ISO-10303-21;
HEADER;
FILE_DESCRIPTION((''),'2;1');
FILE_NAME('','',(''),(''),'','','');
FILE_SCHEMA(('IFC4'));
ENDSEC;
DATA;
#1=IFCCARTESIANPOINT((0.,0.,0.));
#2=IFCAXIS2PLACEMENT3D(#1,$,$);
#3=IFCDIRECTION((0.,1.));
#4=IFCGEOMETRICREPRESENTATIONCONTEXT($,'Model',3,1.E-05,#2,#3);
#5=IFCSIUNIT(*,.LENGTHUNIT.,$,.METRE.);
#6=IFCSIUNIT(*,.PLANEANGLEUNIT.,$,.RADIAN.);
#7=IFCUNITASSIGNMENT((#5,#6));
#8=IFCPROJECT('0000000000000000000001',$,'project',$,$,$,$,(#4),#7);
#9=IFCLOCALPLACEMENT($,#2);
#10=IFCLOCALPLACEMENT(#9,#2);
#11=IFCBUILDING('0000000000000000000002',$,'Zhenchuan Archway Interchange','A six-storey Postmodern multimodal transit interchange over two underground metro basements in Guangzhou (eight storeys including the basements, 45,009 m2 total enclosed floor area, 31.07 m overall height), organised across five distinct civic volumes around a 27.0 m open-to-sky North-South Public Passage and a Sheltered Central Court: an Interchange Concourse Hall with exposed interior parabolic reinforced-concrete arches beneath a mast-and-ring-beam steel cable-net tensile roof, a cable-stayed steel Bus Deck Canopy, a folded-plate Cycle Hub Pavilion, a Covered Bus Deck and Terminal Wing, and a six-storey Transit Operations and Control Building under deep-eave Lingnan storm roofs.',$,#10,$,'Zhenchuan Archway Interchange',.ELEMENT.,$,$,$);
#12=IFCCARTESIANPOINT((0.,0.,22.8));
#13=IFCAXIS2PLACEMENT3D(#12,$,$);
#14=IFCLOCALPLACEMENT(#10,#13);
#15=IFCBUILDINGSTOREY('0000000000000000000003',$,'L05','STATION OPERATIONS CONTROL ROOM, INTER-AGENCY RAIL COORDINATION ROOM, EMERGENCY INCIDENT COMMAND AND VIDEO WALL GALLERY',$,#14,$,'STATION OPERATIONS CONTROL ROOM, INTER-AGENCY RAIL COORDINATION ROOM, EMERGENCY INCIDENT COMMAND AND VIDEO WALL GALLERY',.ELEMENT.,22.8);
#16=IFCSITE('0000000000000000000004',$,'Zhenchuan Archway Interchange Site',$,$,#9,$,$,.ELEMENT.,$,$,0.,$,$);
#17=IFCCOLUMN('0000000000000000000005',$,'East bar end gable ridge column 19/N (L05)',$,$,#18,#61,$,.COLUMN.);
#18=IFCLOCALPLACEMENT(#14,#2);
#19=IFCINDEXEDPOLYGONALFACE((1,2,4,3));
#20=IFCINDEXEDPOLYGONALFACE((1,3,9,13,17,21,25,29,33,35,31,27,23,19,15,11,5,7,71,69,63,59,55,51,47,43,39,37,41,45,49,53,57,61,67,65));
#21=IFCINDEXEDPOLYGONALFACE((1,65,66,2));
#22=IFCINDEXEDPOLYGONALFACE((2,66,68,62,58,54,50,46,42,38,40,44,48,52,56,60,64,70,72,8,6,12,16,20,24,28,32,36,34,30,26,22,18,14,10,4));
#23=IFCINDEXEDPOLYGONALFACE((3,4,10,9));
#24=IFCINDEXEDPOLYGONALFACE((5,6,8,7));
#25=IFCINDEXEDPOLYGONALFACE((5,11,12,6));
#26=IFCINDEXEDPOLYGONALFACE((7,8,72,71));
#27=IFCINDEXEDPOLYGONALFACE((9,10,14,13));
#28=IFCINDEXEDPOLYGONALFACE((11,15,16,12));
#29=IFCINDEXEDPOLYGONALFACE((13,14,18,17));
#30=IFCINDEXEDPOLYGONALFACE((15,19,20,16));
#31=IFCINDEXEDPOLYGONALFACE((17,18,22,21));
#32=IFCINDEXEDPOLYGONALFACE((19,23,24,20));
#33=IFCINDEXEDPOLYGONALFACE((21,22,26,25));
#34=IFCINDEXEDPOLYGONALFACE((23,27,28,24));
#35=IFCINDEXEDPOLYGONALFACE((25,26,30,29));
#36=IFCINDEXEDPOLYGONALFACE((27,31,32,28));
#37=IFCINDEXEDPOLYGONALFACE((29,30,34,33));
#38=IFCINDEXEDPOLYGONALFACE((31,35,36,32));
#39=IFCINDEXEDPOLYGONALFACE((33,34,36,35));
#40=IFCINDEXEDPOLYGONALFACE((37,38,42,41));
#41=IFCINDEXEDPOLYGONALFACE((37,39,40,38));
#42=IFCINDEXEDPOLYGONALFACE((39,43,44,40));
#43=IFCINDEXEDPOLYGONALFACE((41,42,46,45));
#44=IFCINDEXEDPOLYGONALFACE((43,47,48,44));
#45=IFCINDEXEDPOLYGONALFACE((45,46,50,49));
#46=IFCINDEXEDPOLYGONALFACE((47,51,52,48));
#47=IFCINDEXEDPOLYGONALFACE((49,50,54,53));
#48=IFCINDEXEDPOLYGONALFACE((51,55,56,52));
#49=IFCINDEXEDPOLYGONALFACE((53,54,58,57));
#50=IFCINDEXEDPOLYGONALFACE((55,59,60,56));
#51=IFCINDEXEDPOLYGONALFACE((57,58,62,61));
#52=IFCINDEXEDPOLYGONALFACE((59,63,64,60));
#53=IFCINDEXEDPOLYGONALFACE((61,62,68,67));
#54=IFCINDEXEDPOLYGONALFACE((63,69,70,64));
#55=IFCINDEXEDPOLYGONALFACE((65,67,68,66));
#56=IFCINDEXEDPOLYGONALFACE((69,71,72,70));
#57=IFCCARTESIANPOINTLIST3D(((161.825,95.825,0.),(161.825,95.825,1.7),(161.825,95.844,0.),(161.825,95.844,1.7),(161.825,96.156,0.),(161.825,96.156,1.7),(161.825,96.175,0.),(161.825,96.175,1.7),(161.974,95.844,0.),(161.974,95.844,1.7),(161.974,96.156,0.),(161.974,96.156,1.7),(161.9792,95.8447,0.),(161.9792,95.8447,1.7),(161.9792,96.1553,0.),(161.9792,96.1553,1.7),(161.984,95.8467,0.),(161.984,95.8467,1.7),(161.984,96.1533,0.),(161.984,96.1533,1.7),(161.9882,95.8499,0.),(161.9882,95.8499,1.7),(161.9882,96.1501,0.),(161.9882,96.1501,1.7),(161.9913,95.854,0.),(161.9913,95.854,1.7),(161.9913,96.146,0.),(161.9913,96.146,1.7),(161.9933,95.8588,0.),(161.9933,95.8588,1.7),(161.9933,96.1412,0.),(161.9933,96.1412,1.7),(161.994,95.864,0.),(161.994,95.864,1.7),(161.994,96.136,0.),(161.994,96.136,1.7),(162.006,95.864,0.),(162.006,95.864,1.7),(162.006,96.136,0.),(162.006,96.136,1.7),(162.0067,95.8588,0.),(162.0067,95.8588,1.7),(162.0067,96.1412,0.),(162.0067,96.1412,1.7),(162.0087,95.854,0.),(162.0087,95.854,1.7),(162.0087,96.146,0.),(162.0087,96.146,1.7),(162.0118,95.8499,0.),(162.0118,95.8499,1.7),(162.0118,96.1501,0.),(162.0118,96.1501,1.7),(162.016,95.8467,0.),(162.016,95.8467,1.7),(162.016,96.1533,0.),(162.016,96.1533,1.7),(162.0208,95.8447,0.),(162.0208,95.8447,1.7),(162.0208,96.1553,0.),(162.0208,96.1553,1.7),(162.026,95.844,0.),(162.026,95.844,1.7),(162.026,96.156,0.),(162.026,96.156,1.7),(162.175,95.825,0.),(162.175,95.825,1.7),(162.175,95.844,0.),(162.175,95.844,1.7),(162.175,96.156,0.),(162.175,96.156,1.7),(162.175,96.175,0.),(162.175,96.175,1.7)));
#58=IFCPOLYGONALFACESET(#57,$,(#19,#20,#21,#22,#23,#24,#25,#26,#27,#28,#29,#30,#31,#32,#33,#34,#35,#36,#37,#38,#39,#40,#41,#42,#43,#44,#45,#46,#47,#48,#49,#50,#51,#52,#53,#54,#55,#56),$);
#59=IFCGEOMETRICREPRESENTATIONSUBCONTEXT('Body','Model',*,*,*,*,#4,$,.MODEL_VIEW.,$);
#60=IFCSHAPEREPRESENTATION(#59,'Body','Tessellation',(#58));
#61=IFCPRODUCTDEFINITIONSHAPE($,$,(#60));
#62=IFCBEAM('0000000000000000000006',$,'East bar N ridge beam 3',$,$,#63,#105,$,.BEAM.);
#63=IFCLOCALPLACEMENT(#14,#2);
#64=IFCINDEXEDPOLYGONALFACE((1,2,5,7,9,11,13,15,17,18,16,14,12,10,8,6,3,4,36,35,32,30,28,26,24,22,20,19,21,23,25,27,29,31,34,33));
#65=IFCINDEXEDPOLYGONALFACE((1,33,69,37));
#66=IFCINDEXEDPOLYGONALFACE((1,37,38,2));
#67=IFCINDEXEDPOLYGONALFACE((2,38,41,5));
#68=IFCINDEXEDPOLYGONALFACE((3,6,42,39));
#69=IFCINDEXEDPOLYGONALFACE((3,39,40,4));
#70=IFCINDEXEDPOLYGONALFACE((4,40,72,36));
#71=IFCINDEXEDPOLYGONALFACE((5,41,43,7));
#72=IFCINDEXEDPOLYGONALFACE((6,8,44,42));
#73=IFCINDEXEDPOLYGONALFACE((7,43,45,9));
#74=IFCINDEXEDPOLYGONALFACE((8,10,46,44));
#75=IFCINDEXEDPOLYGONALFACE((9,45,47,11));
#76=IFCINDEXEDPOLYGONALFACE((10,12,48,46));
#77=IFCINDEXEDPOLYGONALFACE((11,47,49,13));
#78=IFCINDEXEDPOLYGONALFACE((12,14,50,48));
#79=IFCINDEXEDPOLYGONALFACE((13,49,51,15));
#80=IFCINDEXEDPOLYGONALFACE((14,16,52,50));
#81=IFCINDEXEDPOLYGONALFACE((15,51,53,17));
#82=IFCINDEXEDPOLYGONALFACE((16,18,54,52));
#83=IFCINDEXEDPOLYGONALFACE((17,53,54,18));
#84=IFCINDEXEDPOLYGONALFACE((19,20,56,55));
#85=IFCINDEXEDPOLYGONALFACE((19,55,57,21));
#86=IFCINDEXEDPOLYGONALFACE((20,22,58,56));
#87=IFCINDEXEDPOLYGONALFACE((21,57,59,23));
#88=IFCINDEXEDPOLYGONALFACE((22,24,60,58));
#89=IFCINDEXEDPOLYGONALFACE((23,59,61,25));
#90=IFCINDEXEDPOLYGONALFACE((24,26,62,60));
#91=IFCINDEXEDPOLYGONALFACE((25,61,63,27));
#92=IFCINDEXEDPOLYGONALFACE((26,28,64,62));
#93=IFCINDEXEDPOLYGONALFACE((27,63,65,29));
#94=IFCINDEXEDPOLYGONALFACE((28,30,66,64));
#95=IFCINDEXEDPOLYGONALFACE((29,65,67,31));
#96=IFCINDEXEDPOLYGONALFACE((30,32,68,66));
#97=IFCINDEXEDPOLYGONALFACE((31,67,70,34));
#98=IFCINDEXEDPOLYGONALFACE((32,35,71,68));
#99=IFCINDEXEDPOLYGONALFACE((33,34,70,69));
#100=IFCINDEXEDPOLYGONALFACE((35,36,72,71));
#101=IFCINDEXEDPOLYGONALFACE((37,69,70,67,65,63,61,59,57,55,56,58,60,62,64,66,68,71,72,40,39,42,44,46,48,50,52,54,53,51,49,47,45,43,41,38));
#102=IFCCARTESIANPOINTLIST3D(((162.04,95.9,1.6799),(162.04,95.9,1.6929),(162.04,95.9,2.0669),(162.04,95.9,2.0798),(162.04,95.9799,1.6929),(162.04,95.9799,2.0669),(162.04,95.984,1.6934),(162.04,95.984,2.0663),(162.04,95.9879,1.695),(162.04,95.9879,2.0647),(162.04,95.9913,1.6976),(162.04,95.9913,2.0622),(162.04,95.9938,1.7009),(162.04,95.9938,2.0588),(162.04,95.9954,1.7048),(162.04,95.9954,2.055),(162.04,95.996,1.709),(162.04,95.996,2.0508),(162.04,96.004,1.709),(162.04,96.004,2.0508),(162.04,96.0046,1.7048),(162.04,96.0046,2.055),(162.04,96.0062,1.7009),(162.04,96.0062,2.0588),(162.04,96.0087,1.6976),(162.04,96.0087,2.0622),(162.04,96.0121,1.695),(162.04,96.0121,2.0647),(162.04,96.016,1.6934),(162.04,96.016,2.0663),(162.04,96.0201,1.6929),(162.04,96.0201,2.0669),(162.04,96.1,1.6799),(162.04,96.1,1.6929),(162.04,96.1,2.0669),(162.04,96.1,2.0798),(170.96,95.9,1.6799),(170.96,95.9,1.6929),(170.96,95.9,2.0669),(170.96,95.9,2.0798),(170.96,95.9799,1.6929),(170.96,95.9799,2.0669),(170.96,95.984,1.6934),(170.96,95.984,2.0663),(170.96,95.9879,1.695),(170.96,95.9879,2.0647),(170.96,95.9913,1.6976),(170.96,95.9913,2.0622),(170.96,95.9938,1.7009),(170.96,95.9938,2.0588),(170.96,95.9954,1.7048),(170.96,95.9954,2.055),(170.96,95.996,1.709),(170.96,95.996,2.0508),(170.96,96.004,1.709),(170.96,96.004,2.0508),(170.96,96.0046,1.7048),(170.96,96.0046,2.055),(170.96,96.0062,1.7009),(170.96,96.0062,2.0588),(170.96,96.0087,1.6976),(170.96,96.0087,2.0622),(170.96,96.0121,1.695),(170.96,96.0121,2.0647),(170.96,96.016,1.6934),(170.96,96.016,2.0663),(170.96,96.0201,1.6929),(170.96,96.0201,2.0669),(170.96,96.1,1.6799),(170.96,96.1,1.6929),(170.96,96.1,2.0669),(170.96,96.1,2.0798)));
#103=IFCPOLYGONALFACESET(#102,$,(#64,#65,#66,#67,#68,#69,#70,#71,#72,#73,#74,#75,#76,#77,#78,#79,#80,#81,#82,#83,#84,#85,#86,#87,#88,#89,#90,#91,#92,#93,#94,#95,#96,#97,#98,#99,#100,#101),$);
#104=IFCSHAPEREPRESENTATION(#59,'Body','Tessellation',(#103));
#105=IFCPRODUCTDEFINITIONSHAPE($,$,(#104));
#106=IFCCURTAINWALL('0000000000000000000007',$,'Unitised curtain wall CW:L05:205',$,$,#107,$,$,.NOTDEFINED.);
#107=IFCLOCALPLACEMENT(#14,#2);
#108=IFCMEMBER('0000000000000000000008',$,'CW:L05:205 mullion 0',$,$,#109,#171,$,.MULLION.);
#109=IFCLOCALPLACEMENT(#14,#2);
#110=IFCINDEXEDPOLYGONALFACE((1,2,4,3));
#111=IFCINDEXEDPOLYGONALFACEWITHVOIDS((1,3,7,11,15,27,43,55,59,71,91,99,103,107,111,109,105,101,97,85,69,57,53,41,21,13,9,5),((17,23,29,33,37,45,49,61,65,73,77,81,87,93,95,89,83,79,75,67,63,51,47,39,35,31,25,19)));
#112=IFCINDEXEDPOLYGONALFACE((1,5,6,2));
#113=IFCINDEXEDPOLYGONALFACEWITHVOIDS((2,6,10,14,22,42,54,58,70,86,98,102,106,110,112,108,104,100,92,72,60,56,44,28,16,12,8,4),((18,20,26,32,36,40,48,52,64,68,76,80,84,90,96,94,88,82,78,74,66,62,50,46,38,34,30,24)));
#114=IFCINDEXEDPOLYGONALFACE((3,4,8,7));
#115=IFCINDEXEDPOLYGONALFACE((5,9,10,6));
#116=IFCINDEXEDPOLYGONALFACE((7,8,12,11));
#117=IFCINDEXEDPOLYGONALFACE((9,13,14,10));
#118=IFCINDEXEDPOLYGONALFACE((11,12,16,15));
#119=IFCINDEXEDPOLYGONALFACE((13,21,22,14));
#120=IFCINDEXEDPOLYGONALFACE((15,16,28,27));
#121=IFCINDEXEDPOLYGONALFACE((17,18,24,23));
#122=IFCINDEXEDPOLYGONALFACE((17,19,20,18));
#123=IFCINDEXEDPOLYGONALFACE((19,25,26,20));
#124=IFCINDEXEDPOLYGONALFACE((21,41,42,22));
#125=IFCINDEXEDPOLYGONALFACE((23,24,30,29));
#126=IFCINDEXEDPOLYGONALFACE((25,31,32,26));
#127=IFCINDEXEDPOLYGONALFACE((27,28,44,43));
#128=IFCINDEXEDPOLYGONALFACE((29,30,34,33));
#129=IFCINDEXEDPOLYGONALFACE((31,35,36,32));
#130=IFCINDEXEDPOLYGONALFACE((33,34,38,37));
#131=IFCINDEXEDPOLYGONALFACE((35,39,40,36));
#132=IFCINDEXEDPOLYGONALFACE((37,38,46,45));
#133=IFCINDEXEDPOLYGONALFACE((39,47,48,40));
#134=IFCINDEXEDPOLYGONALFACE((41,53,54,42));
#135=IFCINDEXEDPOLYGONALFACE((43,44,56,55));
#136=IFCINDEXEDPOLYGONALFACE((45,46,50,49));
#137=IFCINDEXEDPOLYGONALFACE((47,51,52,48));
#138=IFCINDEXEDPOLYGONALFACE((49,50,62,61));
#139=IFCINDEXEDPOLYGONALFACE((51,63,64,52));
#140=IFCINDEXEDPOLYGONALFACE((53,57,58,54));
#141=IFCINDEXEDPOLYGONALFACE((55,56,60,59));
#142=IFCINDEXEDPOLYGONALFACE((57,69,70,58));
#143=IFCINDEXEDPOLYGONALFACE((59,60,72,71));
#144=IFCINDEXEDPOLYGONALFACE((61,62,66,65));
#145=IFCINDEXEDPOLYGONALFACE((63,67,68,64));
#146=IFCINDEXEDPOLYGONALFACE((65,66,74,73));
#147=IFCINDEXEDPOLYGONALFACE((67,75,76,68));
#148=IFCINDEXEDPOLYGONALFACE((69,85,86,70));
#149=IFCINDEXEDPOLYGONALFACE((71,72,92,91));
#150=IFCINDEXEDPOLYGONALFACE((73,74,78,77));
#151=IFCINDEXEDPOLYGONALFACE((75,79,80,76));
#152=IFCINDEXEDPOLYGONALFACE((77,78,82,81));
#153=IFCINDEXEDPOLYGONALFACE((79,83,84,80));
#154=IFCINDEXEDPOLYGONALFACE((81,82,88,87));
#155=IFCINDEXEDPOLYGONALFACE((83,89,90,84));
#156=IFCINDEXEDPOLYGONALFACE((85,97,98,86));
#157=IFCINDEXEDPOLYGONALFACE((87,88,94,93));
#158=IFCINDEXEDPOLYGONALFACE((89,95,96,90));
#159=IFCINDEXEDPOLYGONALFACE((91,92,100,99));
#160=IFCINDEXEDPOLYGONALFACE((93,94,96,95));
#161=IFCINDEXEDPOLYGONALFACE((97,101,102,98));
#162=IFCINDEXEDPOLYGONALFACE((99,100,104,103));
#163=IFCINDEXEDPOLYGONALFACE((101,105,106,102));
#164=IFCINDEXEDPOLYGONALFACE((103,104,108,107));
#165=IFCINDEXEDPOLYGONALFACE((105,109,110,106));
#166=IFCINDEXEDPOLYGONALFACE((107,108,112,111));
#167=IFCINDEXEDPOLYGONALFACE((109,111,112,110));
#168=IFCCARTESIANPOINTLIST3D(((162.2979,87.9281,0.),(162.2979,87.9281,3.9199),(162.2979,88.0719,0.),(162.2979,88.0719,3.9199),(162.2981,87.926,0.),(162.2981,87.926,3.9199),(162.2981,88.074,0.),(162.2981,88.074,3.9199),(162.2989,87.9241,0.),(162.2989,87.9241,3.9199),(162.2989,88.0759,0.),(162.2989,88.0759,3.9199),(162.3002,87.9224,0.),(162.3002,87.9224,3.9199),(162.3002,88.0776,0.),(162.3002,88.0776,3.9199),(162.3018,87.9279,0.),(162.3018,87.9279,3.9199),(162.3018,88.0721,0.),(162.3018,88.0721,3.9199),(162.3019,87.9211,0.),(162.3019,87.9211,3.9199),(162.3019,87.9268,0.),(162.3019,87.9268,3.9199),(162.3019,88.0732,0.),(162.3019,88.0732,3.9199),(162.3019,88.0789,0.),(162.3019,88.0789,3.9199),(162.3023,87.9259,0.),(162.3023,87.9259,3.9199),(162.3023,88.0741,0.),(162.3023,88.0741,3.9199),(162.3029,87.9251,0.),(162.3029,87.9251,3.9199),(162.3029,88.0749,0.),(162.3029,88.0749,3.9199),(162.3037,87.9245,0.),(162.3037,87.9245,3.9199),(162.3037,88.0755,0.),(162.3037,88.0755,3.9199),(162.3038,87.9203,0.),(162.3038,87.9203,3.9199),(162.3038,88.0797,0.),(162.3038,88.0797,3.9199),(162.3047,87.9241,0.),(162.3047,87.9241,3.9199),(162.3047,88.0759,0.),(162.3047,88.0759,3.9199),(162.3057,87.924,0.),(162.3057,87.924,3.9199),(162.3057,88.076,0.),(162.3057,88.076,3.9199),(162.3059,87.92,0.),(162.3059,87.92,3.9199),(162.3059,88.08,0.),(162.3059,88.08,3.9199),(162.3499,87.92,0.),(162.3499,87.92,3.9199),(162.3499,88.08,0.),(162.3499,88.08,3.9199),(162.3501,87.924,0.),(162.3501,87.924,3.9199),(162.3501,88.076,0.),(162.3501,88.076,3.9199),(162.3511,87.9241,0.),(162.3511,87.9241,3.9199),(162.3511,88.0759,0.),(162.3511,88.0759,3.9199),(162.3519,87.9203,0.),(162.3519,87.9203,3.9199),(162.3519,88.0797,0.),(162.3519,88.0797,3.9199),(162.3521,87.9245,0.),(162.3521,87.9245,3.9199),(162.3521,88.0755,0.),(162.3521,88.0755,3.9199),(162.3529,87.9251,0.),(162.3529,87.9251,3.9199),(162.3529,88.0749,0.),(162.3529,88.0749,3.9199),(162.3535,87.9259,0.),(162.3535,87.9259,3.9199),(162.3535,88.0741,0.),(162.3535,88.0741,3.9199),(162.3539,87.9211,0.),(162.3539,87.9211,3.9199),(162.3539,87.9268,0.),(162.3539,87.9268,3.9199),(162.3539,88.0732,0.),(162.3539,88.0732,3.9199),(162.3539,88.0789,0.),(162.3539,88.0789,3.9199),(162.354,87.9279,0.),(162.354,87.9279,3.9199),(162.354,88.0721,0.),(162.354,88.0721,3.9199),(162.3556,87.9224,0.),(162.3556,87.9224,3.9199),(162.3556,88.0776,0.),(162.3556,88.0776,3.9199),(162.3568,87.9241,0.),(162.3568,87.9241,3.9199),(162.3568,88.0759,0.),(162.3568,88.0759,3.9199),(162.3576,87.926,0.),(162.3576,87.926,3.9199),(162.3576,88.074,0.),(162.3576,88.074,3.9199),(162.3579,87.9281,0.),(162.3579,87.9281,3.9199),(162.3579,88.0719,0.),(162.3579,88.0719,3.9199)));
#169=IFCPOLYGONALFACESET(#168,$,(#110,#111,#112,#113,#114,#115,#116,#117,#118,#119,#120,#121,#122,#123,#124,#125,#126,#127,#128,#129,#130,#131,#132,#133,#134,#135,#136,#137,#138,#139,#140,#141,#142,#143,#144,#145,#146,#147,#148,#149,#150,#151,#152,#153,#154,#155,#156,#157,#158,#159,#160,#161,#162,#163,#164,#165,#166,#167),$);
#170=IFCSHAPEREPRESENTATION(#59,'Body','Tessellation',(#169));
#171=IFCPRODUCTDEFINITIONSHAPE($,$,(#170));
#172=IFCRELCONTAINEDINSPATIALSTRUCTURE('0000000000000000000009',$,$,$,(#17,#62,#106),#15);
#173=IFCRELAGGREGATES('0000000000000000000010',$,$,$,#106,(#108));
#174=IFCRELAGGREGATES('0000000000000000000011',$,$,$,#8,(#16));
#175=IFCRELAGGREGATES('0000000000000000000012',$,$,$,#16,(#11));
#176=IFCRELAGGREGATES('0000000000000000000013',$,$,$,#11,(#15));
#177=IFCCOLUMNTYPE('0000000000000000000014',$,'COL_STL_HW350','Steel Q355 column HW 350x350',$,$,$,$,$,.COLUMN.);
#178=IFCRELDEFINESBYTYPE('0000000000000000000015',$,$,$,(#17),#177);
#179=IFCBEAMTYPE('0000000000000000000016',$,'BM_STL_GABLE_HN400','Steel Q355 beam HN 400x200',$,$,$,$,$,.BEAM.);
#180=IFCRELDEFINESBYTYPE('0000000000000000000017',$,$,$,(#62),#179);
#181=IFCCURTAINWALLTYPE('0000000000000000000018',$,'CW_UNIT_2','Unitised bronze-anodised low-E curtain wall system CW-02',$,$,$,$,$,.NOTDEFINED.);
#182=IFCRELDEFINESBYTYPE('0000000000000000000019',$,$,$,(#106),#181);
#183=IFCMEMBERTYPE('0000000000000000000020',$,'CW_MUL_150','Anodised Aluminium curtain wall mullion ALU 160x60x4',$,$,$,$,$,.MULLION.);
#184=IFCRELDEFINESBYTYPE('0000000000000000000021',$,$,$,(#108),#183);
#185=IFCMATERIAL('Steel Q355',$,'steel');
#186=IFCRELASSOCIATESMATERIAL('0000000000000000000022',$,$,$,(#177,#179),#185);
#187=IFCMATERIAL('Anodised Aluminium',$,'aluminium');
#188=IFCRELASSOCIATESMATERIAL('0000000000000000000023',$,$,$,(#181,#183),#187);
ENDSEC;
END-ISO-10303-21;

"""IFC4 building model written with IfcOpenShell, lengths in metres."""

from ifc_helpers import new_model, si_unit, direction, frame, origin, origin_2d, place, context, subcontext, project, spatial, hollow_rectangle, i_section, extrude, material, material_profile, profile_set, type_object, element, aggregate, save


model = new_model("IFC4")

# Units and contexts
model_context = context("Model", 3, precision=1e-05, world=origin(), true_north=direction((0.0, 1.0)))
body_context = subcontext(model_context, "Body", "Model", "MODEL_VIEW")
ifc_project = project(units=[si_unit("LENGTHUNIT", "METRE"), si_unit("PLANEANGLEUNIT", "RADIAN")], contexts=[model_context])

# Site, building, storey
site_placement = place(None, origin())
site = spatial("IfcSite", under=ifc_project, at=site_placement, Name="Zhenchuan Archway Interchange Site", CompositionType="ELEMENT", RefElevation=0.0)
building_placement = place(site_placement, origin())
building = spatial("IfcBuilding", under=site, at=building_placement, Name="Zhenchuan Archway Interchange", Description="A six-storey Postmodern multimodal transit interchange over two underground metro basements in Guangzhou (eight storeys including the basements, 45,009 m2 total enclosed floor area, 31.07 m overall height), organised across five distinct civic volumes around a 27.0 m open-to-sky North-South Public Passage and a Sheltered Central Court: an Interchange Concourse Hall with exposed interior parabolic reinforced-concrete arches beneath a mast-and-ring-beam steel cable-net tensile roof, a cable-stayed steel Bus Deck Canopy, a folded-plate Cycle Hub Pavilion, a Covered Bus Deck and Terminal Wing, and a six-storey Transit Operations and Control Building under deep-eave Lingnan storm roofs.", LongName="Zhenchuan Archway Interchange", CompositionType="ELEMENT")
storey_placement = place(building_placement, frame((0.0, 0.0, 22.8)))
storey = spatial("IfcBuildingStorey", under=building, at=storey_placement, Name="L05", Description="STATION OPERATIONS CONTROL ROOM, INTER-AGENCY RAIL COORDINATION ROOM, EMERGENCY INCIDENT COMMAND AND VIDEO WALL GALLERY", LongName="STATION OPERATIONS CONTROL ROOM, INTER-AGENCY RAIL COORDINATION ROOM, EMERGENCY INCIDENT COMMAND AND VIDEO WALL GALLERY", CompositionType="ELEMENT", Elevation=22.8)

# Column
ifc_material_1 = material(Name="Steel Q355", Category="steel")
ifc_material_profile_1 = material_profile(ifc_material_1, i_section(OverallWidth=0.3501, OverallDepth=0.3501, WebThickness=0.012, FlangeThickness=0.019, FilletRadius=0.02, at=origin_2d()), Name="HW 350x350")
ifc_profile_set_1 = profile_set([ifc_material_profile_1], Name="Steel Q355")
column_type = type_object("IfcColumnType", Name="COL_STL_HW350", Description="Steel Q355 column HW 350x350", PredefinedType="COLUMN", material=ifc_profile_set_1)
column_placement = place(storey_placement, frame((162.0, 96.0, 0.0), z_axis=(0.0, 0.0, 1.0), x_axis=(1.0, 0.0, 0.0)))
element("IfcColumn", 1, at=column_placement, inside=storey, type_object=column_type, Name="East bar end gable ridge column 19/N (L05)", PredefinedType="COLUMN", context=body_context, shape_type="SweptSolid", body=[
    extrude(i_section(OverallWidth=0.3501, OverallDepth=0.3501, WebThickness=0.012, FlangeThickness=0.019, FilletRadius=0.02, at=origin_2d()), origin(), (0.0, 0.0, 1.0), 1.7),
])

# Beam
ifc_material_profile_2 = material_profile(ifc_material_1, i_section(OverallWidth=0.2, OverallDepth=0.3999, WebThickness=0.0081, FlangeThickness=0.0129, FilletRadius=0.0161, at=origin_2d()), Name="HN 400x200")
ifc_profile_set_2 = profile_set([ifc_material_profile_2], Name="Steel Q355")
beam_type = type_object("IfcBeamType", Name="BM_STL_GABLE_HN400", Description="Steel Q355 beam HN 400x200", PredefinedType="BEAM", material=ifc_profile_set_2)
beam_placement = place(storey_placement, frame((162.04, 96.0, 1.8799), z_axis=(1.0, 0.0, 0.0), x_axis=(0.0, 1.0, 0.0)))
element("IfcBeam", 2, at=beam_placement, inside=storey, type_object=beam_type, Name="East bar N ridge beam 3", PredefinedType="BEAM", context=body_context, shape_type="SweptSolid", body=[
    extrude(i_section(OverallWidth=0.2, OverallDepth=0.3999, WebThickness=0.0081, FlangeThickness=0.0129, FilletRadius=0.0161, at=origin_2d()), origin(), (0.0, 0.0, 1.0), 8.9199),
])

# Curtain wall, member
ifc_material_2 = material(Name="Anodised Aluminium", Category="aluminium")
curtain_wall_type = type_object("IfcCurtainWallType", Name="CW_UNIT_2", Description="Unitised bronze-anodised low-E curtain wall system CW-02", PredefinedType="NOTDEFINED", material=ifc_material_2)
curtain_wall_placement = place(storey_placement, origin())
curtain_wall = element("IfcCurtainWall", 3, at=curtain_wall_placement, inside=storey, type_object=curtain_wall_type, Name="Unitised curtain wall CW:L05:205", PredefinedType="NOTDEFINED")
ifc_material_profile_3 = material_profile(ifc_material_2, hollow_rectangle(XDim=0.0601, YDim=0.1599, WallThickness=0.0039, InnerFilletRadius=0.0039, OuterFilletRadius=0.0081, at=origin_2d()), Name="ALU 160x60x4")
ifc_profile_set_3 = profile_set([ifc_material_profile_3], Name="Anodised Aluminium")
member_type_1 = type_object("IfcMemberType", Name="CW_MUL_150", Description="Anodised Aluminium curtain wall mullion ALU 160x60x4", PredefinedType="MULLION", material=ifc_profile_set_3)
member_1_placement = place(storey_placement, frame((162.3279, 88.0, 0.0), z_axis=(0.0, 0.0, 1.0), x_axis=(1.0, 0.0, 0.0)))
member_1 = element("IfcMember", 4, at=member_1_placement, type_object=member_type_1, Name="CW:L05:205 mullion 0", PredefinedType="MULLION", context=body_context, shape_type="SweptSolid", body=[
    extrude(hollow_rectangle(XDim=0.0601, YDim=0.1599, WallThickness=0.0039, InnerFilletRadius=0.0039, OuterFilletRadius=0.0081, at=origin_2d()), origin(), (0.0, 0.0, 1.0), 3.9199),
])

aggregate(curtain_wall, [member_1])

save(model, "model.ifc")
